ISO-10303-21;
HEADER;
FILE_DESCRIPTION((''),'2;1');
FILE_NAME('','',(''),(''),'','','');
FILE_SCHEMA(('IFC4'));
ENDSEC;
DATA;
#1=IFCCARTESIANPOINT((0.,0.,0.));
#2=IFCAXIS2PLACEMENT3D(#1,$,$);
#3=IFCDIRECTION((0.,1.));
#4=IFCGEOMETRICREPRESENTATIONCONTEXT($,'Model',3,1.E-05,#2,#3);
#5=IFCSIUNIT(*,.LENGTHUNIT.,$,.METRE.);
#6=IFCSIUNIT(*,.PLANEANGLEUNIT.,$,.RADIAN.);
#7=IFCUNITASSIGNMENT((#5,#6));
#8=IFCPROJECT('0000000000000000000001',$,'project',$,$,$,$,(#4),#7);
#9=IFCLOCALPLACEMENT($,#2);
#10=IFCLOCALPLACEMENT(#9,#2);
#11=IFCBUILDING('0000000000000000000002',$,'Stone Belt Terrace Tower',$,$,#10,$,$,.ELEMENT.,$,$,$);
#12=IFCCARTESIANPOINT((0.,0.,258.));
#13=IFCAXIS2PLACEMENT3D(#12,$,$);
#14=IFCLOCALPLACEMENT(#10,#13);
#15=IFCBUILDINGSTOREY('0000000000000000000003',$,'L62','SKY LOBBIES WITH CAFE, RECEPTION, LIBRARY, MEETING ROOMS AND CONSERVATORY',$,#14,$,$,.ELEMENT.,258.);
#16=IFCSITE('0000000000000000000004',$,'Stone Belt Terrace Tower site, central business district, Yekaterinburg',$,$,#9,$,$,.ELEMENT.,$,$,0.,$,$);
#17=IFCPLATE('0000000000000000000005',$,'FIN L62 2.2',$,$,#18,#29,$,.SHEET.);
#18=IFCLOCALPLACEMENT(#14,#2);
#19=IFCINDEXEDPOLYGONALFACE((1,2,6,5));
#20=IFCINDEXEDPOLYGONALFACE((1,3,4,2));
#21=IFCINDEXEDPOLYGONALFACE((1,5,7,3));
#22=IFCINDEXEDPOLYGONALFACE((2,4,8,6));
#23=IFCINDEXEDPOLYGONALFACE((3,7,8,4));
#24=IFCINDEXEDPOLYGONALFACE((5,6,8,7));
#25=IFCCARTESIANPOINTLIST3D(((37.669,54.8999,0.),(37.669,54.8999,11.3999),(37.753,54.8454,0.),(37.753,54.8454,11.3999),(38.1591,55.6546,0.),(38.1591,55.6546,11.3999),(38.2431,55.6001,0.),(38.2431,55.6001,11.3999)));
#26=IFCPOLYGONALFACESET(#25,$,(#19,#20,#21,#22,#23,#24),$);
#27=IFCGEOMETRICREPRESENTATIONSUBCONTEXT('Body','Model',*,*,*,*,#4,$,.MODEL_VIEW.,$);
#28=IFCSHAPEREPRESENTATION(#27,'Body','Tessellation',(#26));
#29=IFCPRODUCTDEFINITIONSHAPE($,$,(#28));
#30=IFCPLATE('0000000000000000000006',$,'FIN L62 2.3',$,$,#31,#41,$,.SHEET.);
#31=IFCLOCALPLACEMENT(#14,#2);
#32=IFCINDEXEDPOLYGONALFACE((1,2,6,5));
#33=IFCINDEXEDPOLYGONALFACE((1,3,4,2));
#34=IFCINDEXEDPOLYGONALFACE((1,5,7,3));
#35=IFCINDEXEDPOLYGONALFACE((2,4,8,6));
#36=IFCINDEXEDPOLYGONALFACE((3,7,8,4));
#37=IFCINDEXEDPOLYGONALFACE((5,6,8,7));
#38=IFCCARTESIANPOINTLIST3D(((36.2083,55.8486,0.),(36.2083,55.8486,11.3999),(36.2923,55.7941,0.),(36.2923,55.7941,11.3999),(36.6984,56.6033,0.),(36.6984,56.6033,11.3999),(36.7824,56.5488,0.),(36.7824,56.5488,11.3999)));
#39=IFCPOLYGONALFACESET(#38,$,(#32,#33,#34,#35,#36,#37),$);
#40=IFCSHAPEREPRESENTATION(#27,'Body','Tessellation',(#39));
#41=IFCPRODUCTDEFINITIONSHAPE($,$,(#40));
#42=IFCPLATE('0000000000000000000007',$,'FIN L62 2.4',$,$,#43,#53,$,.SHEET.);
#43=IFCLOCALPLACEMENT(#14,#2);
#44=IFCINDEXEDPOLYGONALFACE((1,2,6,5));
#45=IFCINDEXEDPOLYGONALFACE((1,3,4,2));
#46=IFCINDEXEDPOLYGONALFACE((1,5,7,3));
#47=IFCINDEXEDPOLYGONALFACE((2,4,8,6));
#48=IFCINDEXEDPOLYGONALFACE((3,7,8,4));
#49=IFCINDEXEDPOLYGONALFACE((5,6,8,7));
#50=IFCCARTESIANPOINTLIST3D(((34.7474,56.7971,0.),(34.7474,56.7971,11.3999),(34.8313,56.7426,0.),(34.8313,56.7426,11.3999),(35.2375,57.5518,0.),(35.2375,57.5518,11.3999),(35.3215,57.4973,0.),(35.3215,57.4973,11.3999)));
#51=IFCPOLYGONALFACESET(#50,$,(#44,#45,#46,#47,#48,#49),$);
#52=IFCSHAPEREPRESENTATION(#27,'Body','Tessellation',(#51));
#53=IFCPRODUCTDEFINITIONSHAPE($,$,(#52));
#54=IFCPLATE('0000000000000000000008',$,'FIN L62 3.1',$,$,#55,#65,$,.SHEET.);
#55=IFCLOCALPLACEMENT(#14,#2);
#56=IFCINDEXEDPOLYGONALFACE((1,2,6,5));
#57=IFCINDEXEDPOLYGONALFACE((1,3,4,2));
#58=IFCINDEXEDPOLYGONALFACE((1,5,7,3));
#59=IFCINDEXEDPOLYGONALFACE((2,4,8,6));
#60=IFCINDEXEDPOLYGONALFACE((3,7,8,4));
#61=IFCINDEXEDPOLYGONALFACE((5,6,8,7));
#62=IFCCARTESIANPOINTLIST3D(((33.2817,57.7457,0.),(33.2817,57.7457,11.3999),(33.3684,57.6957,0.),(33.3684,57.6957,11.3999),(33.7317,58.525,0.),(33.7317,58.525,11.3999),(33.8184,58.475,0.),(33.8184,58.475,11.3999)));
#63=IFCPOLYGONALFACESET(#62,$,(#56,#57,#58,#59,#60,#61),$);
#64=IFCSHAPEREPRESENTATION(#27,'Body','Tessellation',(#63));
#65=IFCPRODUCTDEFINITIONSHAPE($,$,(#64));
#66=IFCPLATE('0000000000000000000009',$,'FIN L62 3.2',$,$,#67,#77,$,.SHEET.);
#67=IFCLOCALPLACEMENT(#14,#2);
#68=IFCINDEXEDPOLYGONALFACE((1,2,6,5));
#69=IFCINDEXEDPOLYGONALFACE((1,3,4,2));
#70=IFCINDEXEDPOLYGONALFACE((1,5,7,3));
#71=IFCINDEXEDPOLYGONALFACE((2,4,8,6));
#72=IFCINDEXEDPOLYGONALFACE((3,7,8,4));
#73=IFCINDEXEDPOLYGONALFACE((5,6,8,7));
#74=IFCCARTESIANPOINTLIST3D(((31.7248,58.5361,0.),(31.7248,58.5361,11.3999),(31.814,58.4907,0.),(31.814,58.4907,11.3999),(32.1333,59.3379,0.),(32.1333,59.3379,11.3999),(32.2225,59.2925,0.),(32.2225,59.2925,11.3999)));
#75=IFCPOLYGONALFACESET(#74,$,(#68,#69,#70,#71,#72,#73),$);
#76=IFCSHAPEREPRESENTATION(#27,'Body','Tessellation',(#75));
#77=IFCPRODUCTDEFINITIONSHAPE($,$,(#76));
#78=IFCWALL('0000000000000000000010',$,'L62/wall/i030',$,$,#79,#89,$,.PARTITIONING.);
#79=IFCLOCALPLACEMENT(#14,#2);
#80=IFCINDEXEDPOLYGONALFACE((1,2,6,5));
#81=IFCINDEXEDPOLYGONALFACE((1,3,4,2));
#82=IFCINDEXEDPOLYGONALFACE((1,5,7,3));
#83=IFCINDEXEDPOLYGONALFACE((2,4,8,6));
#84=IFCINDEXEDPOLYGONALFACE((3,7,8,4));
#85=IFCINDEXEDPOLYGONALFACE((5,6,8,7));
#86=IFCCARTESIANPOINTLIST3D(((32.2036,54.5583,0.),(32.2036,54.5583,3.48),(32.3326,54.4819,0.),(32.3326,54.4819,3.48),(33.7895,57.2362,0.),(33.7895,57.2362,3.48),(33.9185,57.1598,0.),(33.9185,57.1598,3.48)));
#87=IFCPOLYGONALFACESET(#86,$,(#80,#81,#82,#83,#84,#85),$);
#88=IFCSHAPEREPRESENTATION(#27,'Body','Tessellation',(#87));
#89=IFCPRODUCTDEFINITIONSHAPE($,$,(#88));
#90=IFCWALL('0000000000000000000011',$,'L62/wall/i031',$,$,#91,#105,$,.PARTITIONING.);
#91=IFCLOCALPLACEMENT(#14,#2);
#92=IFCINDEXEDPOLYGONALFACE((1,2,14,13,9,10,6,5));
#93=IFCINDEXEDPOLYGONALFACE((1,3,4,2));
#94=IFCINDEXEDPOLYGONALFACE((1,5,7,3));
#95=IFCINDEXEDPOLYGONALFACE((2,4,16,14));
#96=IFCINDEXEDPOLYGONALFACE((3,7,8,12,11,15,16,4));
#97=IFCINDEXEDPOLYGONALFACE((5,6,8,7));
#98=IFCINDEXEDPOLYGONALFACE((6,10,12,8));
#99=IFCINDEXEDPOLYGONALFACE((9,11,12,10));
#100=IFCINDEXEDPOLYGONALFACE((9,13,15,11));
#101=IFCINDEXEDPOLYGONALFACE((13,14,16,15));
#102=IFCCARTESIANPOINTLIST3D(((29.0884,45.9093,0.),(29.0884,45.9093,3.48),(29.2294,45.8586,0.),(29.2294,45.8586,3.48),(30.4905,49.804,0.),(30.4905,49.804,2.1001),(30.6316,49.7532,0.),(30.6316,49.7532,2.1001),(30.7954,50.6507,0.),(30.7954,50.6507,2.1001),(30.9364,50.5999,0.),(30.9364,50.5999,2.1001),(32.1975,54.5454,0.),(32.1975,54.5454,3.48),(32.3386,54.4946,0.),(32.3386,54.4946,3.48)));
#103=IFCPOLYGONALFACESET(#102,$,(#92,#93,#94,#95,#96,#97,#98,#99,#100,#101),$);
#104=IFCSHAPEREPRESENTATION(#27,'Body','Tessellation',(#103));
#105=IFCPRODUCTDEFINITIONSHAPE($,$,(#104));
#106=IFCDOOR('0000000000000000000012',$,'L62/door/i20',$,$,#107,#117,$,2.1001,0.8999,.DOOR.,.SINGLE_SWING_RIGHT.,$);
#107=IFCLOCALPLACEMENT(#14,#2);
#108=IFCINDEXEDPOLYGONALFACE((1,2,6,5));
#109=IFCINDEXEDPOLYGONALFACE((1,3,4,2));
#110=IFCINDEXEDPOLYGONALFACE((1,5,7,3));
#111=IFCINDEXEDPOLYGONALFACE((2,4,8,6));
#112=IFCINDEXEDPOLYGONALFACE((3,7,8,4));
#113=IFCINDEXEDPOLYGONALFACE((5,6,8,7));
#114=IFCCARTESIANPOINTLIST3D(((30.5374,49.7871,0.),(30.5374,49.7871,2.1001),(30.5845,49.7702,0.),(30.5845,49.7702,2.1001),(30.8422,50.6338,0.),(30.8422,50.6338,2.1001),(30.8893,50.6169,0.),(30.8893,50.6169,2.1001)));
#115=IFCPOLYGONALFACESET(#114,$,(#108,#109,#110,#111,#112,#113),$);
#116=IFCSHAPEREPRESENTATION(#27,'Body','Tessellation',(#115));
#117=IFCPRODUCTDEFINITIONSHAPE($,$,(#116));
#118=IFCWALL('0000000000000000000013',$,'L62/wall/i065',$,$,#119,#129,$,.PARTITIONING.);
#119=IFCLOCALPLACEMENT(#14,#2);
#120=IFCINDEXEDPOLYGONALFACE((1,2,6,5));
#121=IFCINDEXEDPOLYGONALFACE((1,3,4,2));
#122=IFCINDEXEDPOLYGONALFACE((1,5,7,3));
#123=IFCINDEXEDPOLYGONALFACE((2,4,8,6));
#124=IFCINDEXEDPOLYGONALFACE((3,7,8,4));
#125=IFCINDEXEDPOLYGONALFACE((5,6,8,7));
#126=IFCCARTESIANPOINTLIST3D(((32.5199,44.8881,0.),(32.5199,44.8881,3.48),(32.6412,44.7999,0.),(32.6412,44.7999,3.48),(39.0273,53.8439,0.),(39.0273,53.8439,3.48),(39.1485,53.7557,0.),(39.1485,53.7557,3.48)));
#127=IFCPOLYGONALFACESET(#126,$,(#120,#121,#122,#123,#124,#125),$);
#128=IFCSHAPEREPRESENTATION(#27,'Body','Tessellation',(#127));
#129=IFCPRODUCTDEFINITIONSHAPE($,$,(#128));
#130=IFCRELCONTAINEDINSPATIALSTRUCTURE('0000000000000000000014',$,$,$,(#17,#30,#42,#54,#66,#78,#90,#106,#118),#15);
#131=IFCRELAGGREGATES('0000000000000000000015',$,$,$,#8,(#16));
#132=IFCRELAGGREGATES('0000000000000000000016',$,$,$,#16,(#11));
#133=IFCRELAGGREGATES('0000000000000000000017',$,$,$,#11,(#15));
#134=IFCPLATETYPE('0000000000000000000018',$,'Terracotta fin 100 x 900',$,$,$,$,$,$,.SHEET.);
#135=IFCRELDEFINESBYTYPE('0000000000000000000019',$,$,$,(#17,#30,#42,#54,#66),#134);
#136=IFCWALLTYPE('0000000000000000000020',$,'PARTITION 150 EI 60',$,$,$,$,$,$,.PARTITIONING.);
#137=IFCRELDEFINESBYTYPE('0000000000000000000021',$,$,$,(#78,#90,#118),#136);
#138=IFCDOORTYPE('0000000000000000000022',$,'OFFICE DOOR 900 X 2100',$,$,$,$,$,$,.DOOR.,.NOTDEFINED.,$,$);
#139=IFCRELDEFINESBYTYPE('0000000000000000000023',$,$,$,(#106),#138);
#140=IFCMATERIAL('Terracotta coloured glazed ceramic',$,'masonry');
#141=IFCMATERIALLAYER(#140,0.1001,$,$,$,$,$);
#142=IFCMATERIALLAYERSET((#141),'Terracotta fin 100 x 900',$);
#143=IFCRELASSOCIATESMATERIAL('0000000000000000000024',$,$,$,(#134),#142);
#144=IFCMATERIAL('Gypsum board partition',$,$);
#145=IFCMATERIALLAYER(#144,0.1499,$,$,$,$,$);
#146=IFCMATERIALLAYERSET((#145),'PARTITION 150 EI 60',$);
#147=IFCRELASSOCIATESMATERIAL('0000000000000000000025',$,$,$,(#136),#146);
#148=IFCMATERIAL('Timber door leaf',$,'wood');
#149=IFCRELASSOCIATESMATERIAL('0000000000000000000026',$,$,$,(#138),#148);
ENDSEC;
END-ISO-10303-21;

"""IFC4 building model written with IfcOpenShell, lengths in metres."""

from ifc_helpers import new_model, si_unit, direction, frame, frame_2d, origin, origin_2d, place, context, subcontext, project, spatial, rectangle, extrude, material, layer, layer_set, type_object, element, fill, save


model = new_model("IFC4")

# Units and contexts
model_context = context("Model", 3, precision=1e-05, world=origin(), true_north=direction((0.0, 1.0)))
body_context = subcontext(model_context, "Body", "Model", "MODEL_VIEW")
ifc_project = project(units=[si_unit("LENGTHUNIT", "METRE"), si_unit("PLANEANGLEUNIT", "RADIAN")], contexts=[model_context])

# Site, building, storey
site_placement = place(None, origin())
site = spatial("IfcSite", under=ifc_project, at=site_placement, Name="Stone Belt Terrace Tower site, central business district, Yekaterinburg", CompositionType="ELEMENT", RefElevation=0.0)
building_placement = place(site_placement, origin())
building = spatial("IfcBuilding", under=site, at=building_placement, Name="Stone Belt Terrace Tower", CompositionType="ELEMENT")
storey_placement = place(building_placement, frame((0.0, 0.0, 258.0)))
storey = spatial("IfcBuildingStorey", under=building, at=storey_placement, Name="L62", Description="SKY LOBBIES WITH CAFE, RECEPTION, LIBRARY, MEETING ROOMS AND CONSERVATORY", CompositionType="ELEMENT", Elevation=258.0)

# Plates
ifc_material_1 = material(Name="Terracotta coloured glazed ceramic", Category="masonry")
ifc_layer_1 = layer(ifc_material_1, 0.1001)
ifc_layer_set_1 = layer_set([ifc_layer_1], Name="Terracotta fin 100 x 900")
plate_type_1 = type_object("IfcPlateType", Name="Terracotta fin 100 x 900", PredefinedType="SHEET", material=ifc_layer_set_1)
for number, where, z_axis, x_axis, name in (
    (1, (37.9561, 55.25, 0.0), (0.0, 0.0, 1.0), (0.544639, 0.838671, 0.0), "FIN L62 2.2"),
    (2, (36.4954, 56.1987, 0.0), (0.0, 0.0, 1.0), (0.544639, 0.838671, 0.0), "FIN L62 2.3"),
    (3, (35.0344, 57.1472, 0.0), (0.0, 0.0, 1.0), (0.544639, 0.838671, 0.0), "FIN L62 2.4"),
    (4, (33.55, 58.1104, 0.0), (0.0, 0.0, 1.0), (0.5, 0.866025, 0.0), "FIN L62 3.1"),
    (5, (31.9736, 58.9143, 0.0), (0.0, 0.0, 1.0), (0.45399, 0.891007, 0.0), "FIN L62 3.2"),
):
    element("IfcPlate", number, at=place(storey_placement, frame(where, z_axis=z_axis, x_axis=x_axis)), inside=storey, type_object=plate_type_1, Name=name, PredefinedType="SHEET", context=body_context, shape_type="SweptSolid", body=[
        extrude(rectangle(XDim=0.8999, YDim=0.1001, at=origin_2d()), origin(), (0.0, 0.0, 1.0), 11.3999),
    ])

# Wall
ifc_material_2 = material(Name="Gypsum board partition")
ifc_layer_2 = layer(ifc_material_2, 0.1499)
ifc_layer_set_2 = layer_set([ifc_layer_2], Name="PARTITION 150 EI 60")
wall_type = type_object("IfcWallType", Name="PARTITION 150 EI 60", PredefinedType="PARTITIONING", material=ifc_layer_set_2)
wall_1_placement = place(storey_placement, frame((33.854, 57.198, 0.0), z_axis=(0.0, 0.0, 1.0), x_axis=(-0.509562, -0.860434, 0.0)))
element("IfcWall", 6, at=wall_1_placement, inside=storey, type_object=wall_type, Name="L62/wall/i030", PredefinedType="PARTITIONING", context=body_context, shape_type="SweptSolid", body=[
    extrude(rectangle(XDim=3.1123, YDim=0.1499, at=frame_2d((1.5562, 0.0))), origin(), (0.0, 0.0, 1.0), 3.48),
])

# Wall, opening, door
wall_2_placement = place(storey_placement, frame((32.2681, 54.52, 0.0), z_axis=(0.0, 0.0, 1.0), x_axis=(-0.338736, -0.940881, 0.0)))
wall_2 = element("IfcWall", 7, at=wall_2_placement, inside=storey, type_object=wall_type, Name="L62/wall/i031", PredefinedType="PARTITIONING", context=body_context, shape_type="SweptSolid", body=[
    extrude(rectangle(XDim=9.1787, YDim=0.1499, at=frame_2d((4.5894, 0.0))), origin(), (0.0, 0.0, 1.0), 3.48),
])
opening_placement = place(wall_2_placement, frame((4.1394, 0.0, 0.0)))
opening = element("IfcOpeningElement", 8, at=opening_placement, cuts=wall_2, PredefinedType="OPENING", context=body_context, shape_type="SweptSolid", body=[
    extrude(rectangle(XDim=0.8999, YDim=2.1001, at=frame_2d((0.45, 1.05))), frame((0.0, 0.085, 0.0), z_axis=(0.0, -1.0, 0.0), x_axis=(1.0, 0.0, 0.0)), (0.0, 0.0, 1.0), 0.1699),
])
ifc_material_3 = material(Name="Timber door leaf", Category="wood")
door_type = type_object("IfcDoorType", Name="OFFICE DOOR 900 X 2100", OperationType="NOTDEFINED", PredefinedType="DOOR", material=ifc_material_3)
door_placement = place(opening_placement, origin())
door = element("IfcDoor", 9, at=door_placement, inside=storey, type_object=door_type, Name="L62/door/i20", OperationType="SINGLE_SWING_RIGHT", OverallHeight=2.1001, OverallWidth=0.8999, PredefinedType="DOOR", context=body_context, shape_type="SweptSolid", body=[
    extrude(rectangle(XDim=0.8999, YDim=2.1001, at=frame_2d((0.45, 1.05))), frame((0.0, 0.0249, 0.0), z_axis=(0.0, -1.0, 0.0), x_axis=(1.0, 0.0, 0.0)), (0.0, 0.0, 1.0), 0.05),
])
fill(opening, door)

# Wall
wall_3_placement = place(storey_placement, frame((39.0879, 53.7998, 0.0), z_axis=(0.0, 0.0, 1.0), x_axis=(-0.587818, -0.808993, 0.0)))
element("IfcWall", 10, at=wall_3_placement, inside=storey, type_object=wall_type, Name="L62/wall/i065", PredefinedType="PARTITIONING", context=body_context, shape_type="SweptSolid", body=[
    extrude(rectangle(XDim=11.0703, YDim=0.1499, at=frame_2d((5.5352, 0.0))), origin(), (0.0, 0.0, 1.0), 3.48),
])

save(model, "model.ifc")
